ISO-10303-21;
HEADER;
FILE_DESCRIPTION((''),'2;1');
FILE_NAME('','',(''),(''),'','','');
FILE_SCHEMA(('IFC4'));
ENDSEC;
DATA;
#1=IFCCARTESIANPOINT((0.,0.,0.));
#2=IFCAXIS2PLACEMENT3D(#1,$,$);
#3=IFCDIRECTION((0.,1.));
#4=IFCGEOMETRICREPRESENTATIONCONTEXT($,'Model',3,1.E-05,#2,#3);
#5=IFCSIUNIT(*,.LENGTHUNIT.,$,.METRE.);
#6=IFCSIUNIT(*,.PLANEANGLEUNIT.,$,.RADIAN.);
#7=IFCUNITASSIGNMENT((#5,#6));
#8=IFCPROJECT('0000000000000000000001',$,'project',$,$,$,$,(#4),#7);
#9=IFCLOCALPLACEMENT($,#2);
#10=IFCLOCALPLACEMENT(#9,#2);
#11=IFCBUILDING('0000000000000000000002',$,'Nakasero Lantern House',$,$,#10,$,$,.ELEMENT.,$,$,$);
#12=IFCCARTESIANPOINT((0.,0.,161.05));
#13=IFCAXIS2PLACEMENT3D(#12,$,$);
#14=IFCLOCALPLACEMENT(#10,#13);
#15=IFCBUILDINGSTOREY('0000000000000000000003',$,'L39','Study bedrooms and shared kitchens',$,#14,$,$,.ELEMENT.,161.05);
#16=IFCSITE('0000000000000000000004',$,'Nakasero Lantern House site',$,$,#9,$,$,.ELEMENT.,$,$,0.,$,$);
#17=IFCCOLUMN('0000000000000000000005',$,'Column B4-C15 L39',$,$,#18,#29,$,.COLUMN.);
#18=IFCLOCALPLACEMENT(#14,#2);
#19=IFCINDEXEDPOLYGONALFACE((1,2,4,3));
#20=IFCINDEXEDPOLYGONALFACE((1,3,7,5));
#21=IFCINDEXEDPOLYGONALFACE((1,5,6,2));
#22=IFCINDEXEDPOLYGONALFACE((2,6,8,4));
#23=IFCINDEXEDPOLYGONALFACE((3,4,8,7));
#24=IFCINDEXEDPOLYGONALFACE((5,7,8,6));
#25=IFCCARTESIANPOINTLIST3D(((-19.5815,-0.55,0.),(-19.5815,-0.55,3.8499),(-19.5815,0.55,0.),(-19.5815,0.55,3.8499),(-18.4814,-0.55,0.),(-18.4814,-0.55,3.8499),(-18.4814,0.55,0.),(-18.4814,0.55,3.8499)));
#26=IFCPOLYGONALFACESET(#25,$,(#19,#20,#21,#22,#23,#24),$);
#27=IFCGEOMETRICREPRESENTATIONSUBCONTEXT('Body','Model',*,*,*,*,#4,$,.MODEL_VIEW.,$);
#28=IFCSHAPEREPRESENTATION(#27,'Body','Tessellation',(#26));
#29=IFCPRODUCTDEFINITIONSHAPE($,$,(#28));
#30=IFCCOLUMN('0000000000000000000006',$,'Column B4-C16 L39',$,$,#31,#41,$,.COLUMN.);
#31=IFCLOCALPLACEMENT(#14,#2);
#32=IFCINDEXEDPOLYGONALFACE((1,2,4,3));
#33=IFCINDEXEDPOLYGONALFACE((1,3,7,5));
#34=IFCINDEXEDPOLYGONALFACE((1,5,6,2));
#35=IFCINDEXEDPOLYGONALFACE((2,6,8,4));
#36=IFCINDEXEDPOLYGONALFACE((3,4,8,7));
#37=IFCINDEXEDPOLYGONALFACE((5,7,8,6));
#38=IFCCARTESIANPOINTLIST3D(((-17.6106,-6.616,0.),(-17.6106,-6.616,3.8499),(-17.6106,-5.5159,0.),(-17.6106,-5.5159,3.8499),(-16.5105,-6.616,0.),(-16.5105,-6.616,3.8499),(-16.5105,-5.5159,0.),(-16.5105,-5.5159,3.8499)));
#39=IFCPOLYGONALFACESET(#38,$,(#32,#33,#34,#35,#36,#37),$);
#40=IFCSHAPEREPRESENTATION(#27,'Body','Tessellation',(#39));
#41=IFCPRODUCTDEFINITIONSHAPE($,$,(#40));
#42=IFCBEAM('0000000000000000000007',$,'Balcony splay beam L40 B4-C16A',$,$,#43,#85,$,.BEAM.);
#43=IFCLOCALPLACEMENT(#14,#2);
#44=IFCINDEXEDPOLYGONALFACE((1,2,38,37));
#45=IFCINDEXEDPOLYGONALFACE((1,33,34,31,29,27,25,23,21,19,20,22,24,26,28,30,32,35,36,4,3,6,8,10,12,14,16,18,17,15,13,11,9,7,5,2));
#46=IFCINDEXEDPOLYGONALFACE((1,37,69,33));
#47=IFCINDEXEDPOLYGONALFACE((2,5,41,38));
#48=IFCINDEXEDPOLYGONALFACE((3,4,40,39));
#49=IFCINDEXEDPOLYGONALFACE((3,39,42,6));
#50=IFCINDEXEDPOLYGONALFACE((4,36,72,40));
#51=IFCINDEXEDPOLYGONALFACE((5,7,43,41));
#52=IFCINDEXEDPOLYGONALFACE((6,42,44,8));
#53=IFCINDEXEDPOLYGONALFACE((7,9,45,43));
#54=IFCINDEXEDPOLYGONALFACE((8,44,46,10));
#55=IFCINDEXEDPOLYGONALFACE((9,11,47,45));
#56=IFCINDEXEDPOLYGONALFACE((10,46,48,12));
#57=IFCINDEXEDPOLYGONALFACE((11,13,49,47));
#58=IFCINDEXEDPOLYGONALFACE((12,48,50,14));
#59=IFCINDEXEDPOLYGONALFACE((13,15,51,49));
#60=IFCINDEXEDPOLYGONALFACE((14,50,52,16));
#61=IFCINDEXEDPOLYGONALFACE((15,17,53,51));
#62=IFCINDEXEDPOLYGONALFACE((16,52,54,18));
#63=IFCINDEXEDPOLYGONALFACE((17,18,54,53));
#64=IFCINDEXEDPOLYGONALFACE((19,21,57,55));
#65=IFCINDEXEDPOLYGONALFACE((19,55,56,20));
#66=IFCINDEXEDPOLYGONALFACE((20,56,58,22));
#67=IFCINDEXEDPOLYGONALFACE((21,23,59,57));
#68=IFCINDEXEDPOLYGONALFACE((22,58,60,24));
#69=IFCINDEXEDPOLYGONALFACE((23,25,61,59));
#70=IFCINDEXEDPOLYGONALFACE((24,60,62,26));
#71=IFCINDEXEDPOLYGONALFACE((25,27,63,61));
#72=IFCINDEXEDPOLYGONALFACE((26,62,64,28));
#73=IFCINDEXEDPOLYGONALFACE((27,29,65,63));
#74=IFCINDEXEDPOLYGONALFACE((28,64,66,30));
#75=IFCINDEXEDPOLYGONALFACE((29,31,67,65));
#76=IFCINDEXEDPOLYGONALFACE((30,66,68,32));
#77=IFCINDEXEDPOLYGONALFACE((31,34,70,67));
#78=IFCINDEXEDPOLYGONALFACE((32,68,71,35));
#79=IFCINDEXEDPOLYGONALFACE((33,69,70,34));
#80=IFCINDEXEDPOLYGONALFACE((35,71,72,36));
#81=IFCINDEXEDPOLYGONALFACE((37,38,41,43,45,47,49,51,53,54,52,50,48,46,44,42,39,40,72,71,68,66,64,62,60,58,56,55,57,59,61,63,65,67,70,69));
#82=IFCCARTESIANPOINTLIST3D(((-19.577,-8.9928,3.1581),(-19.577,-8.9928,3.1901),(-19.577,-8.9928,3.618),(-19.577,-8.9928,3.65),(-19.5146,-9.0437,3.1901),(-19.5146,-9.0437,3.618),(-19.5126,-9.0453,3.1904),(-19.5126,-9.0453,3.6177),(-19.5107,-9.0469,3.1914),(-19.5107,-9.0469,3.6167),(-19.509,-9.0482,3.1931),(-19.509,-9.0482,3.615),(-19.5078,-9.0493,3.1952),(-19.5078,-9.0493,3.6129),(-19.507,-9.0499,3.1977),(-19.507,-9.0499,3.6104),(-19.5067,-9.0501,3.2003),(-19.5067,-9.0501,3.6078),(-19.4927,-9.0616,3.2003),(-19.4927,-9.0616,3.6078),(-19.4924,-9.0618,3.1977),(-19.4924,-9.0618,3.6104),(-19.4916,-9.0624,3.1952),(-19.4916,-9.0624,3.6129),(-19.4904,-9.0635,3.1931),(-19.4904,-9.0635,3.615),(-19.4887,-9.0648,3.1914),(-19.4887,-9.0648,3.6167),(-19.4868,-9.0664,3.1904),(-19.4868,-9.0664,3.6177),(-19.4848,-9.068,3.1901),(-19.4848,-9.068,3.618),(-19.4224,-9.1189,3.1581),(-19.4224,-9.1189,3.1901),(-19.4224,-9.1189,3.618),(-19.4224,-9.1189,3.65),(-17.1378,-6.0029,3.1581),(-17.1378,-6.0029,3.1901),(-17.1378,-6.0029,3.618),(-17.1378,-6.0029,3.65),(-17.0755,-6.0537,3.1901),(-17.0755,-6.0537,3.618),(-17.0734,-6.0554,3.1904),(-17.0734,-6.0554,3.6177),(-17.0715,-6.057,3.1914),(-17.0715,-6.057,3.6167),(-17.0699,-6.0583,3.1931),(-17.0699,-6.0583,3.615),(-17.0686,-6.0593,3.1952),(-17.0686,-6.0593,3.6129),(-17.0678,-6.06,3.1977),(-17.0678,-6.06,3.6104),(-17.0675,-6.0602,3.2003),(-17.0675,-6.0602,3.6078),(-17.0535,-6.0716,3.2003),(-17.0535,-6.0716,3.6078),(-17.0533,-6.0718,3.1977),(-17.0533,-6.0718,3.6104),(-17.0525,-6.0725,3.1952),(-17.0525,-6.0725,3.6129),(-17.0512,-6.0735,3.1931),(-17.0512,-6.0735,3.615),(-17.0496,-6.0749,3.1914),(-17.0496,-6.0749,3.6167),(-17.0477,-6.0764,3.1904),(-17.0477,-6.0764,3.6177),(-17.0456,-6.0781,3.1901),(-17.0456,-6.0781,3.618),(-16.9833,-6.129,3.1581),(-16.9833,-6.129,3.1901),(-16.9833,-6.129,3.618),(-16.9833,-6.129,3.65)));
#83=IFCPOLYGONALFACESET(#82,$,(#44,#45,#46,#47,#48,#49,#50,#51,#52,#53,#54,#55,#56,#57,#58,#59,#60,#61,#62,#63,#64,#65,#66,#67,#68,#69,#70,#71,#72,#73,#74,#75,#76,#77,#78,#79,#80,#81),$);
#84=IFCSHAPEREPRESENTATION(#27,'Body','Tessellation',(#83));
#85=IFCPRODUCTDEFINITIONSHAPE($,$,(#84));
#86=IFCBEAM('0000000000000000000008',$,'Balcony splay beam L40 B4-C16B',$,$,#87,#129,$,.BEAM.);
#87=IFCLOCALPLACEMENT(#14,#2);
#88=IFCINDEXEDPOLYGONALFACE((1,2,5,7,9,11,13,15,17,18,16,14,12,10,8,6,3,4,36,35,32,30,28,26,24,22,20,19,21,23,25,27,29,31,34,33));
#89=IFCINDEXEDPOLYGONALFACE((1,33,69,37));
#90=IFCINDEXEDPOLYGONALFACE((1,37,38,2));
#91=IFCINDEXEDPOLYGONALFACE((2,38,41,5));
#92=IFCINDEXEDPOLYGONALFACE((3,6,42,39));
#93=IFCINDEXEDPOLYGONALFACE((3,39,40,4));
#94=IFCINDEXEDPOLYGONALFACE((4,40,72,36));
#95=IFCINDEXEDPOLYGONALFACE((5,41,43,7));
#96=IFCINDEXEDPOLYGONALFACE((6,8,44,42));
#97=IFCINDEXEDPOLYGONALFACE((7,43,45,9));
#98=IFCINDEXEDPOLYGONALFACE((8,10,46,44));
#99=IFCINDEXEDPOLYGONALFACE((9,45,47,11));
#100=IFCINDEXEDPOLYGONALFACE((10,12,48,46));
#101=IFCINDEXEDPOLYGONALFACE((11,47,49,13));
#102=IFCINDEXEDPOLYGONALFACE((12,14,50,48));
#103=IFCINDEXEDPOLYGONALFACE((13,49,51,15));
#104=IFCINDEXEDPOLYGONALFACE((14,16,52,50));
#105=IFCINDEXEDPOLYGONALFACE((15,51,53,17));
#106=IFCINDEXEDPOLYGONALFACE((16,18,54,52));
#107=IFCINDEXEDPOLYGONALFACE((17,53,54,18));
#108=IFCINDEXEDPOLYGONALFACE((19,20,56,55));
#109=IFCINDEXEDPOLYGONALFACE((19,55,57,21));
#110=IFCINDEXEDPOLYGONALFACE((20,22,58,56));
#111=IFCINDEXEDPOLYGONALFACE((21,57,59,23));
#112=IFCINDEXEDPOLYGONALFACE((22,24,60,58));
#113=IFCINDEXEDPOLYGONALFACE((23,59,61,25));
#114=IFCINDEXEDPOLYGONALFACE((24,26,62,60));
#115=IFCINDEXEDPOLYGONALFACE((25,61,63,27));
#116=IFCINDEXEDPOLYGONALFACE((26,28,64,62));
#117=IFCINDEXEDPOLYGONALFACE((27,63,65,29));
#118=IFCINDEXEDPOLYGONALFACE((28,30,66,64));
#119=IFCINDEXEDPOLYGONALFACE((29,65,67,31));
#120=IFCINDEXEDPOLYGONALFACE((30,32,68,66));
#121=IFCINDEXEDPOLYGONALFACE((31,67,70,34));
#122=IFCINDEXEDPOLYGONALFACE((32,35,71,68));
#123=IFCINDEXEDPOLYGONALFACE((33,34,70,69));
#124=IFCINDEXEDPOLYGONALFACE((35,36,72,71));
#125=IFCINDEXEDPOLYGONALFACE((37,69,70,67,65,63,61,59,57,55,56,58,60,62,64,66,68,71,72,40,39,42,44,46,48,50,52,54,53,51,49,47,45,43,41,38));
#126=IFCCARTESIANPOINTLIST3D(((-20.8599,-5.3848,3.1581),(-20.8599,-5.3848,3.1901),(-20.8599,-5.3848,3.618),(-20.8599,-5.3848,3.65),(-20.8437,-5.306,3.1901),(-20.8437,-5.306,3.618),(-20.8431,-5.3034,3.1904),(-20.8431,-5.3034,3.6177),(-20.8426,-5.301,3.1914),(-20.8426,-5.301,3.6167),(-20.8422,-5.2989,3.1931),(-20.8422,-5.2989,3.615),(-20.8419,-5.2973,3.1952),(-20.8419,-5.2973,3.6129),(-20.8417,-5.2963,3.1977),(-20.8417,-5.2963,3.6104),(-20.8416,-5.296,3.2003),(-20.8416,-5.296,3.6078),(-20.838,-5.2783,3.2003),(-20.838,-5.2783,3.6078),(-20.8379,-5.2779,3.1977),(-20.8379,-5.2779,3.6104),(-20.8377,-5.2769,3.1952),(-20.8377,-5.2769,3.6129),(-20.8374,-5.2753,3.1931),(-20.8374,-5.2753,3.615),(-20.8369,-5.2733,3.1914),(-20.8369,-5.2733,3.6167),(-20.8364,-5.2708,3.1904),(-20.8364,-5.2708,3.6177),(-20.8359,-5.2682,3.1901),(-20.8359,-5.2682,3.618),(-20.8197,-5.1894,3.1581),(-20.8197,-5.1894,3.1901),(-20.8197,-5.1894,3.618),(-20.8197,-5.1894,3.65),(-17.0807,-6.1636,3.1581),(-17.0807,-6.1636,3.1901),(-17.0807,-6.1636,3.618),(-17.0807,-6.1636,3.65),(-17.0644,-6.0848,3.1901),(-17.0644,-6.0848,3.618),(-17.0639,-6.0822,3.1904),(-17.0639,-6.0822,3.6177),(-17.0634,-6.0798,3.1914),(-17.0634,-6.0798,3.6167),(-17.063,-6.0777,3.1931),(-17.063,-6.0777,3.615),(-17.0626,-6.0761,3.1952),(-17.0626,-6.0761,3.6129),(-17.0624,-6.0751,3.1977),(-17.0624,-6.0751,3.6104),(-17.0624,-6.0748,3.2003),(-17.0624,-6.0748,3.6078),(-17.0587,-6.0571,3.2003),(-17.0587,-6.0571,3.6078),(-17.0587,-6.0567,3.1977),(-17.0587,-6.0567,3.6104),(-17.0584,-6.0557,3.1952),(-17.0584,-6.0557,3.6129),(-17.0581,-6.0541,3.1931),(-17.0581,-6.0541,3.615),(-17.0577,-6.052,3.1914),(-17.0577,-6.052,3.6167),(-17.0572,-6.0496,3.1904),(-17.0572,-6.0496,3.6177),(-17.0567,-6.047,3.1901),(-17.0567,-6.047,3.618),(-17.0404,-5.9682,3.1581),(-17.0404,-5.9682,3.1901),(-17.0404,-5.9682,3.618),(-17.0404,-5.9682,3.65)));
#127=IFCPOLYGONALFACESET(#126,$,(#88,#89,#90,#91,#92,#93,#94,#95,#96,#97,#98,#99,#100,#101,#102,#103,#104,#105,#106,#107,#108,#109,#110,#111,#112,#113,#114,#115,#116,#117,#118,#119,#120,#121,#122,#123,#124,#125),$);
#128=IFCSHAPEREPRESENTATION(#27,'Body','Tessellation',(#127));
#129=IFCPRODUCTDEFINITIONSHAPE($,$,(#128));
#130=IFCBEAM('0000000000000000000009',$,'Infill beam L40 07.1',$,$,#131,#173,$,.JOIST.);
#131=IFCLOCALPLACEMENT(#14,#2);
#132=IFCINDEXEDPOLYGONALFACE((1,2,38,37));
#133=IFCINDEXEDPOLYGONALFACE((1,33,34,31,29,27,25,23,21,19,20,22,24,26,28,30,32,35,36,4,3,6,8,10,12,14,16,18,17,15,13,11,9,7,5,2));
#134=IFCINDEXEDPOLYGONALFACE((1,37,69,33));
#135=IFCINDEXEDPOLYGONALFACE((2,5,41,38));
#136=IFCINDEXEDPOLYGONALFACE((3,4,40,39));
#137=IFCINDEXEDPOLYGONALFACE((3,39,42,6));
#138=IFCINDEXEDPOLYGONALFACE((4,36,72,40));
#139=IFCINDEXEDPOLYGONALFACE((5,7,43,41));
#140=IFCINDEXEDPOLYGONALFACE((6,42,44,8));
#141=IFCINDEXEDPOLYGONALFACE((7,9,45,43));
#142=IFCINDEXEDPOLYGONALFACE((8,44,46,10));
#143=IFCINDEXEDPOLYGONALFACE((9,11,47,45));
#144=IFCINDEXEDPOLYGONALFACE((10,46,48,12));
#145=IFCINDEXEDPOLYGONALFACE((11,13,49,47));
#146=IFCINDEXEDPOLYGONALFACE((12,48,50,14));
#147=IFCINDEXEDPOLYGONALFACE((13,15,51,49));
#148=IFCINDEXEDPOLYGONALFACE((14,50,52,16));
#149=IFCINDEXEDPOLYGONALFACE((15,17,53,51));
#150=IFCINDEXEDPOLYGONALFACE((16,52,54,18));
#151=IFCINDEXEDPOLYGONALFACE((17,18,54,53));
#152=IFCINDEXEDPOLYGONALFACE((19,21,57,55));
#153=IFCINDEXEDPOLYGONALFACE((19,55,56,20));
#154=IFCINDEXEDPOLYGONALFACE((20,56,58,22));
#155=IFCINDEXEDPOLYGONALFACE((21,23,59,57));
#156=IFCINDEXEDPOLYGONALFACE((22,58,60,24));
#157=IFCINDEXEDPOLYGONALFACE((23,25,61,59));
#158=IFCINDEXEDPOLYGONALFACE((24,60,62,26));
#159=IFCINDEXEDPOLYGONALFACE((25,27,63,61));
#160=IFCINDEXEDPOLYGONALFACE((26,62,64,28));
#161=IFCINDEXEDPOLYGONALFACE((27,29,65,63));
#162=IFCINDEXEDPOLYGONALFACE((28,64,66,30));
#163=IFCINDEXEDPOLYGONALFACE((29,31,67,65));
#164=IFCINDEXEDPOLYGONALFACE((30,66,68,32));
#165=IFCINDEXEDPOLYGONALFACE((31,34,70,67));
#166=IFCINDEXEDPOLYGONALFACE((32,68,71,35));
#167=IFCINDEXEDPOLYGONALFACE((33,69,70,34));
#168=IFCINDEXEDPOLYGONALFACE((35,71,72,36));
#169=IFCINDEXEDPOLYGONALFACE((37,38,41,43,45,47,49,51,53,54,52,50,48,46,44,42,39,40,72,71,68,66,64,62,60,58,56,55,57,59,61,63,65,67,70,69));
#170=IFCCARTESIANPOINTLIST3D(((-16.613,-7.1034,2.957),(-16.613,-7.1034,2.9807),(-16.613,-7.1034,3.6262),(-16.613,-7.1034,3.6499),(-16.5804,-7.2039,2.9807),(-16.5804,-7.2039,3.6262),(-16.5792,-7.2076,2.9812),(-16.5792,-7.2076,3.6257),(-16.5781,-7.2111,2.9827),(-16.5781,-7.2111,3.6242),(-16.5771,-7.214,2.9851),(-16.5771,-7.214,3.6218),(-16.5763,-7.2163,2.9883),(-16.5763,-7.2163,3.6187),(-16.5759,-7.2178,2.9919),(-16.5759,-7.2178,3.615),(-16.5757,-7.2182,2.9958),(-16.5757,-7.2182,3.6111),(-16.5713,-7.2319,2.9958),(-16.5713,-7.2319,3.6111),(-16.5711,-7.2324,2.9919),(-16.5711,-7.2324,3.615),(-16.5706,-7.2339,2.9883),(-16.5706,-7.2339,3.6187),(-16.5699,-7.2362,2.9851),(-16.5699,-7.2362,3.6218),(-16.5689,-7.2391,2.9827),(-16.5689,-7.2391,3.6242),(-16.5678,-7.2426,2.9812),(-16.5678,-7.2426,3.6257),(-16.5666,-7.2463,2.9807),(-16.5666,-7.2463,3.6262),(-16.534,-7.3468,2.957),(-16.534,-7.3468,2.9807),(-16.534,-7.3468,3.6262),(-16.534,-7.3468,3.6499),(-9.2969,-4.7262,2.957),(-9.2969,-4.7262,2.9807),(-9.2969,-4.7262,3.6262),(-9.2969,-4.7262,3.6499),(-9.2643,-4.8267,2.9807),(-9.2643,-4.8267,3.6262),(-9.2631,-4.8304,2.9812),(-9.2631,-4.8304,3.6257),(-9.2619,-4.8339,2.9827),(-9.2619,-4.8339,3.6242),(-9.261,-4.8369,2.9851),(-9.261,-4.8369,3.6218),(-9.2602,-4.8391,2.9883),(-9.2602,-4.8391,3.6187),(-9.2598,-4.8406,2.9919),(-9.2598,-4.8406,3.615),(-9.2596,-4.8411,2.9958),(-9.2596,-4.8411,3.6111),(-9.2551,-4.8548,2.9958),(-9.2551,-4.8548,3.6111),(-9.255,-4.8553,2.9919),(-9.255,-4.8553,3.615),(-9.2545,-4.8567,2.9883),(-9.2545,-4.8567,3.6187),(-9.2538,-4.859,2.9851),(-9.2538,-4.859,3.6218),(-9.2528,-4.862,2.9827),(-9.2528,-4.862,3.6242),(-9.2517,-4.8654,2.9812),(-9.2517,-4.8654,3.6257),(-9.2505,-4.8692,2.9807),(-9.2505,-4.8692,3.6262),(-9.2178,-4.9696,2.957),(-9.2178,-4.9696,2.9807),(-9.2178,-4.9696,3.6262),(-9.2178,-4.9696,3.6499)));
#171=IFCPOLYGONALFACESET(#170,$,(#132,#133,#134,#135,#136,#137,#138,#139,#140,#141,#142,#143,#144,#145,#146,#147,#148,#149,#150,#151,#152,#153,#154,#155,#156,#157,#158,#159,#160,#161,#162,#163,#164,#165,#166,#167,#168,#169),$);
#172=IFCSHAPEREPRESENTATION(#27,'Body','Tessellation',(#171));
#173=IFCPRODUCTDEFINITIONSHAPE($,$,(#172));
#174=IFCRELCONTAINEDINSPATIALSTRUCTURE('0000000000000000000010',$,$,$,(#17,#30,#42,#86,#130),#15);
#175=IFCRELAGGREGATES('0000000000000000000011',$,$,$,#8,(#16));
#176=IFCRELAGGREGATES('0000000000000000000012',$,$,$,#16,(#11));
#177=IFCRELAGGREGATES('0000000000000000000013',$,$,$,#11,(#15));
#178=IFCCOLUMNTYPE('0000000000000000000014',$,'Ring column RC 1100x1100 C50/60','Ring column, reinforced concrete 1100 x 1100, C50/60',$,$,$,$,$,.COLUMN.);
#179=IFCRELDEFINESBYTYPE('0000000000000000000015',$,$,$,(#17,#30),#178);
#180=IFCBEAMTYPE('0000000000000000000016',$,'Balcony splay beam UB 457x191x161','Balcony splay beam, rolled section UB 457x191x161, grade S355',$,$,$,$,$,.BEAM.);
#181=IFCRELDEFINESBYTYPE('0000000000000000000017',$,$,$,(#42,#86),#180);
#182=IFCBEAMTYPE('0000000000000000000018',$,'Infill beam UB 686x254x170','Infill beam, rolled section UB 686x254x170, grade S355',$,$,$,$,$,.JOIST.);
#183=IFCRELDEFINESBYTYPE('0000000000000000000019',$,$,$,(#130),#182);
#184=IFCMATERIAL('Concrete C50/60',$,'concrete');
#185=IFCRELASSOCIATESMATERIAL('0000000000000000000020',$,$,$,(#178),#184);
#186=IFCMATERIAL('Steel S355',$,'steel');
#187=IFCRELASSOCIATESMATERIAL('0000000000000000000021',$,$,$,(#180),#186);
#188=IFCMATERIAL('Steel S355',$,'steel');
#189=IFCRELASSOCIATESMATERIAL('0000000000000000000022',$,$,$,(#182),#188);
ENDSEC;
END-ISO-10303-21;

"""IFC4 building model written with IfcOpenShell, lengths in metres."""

from ifc_helpers import new_model, si_unit, direction, frame, origin, origin_2d, place, context, subcontext, project, spatial, rectangle, i_section, extrude, material, material_profile, profile_set, type_object, element, save


model = new_model("IFC4")

# Units and contexts
model_context = context("Model", 3, precision=1e-05, world=origin(), true_north=direction((0.0, 1.0)))
body_context = subcontext(model_context, "Body", "Model", "MODEL_VIEW")
ifc_project = project(units=[si_unit("LENGTHUNIT", "METRE"), si_unit("PLANEANGLEUNIT", "RADIAN")], contexts=[model_context])

# Site, building, storey
site_placement = place(None, origin())
site = spatial("IfcSite", under=ifc_project, at=site_placement, Name="Nakasero Lantern House site", CompositionType="ELEMENT", RefElevation=0.0)
building_placement = place(site_placement, origin())
building = spatial("IfcBuilding", under=site, at=building_placement, Name="Nakasero Lantern House", CompositionType="ELEMENT")
storey_placement = place(building_placement, frame((0.0, 0.0, 161.05)))
storey = spatial("IfcBuildingStorey", under=building, at=storey_placement, Name="L39", Description="Study bedrooms and shared kitchens", CompositionType="ELEMENT", Elevation=161.05)

# Columns
ifc_material_1 = material(Name="Concrete C50/60", Category="concrete")
ifc_material_profile_1 = material_profile(ifc_material_1, rectangle(XDim=1.1001, YDim=1.1001, at=origin_2d()), Name="RC 1100x1100")
ifc_profile_set_1 = profile_set([ifc_material_profile_1], Name="Concrete C50/60")
column_type = type_object("IfcColumnType", Name="Ring column RC 1100x1100 C50/60", Description="Ring column, reinforced concrete 1100 x 1100, C50/60", PredefinedType="COLUMN", material=ifc_profile_set_1)
for number, where, z_axis, x_axis, name in (
    (1, (-19.0315, 0.0, 0.0), (0.0, 0.0, 1.0), (1.0, 0.0, 0.0), "Column B4-C15 L39"),
    (2, (-17.0605, -6.0659, 0.0), (0.0, 0.0, 1.0), (1.0, 0.0, 0.0), "Column B4-C16 L39"),
):
    element("IfcColumn", number, at=place(storey_placement, frame(where, z_axis=z_axis, x_axis=x_axis)), inside=storey, type_object=column_type, Name=name, PredefinedType="COLUMN", context=body_context, shape_type="SweptSolid", body=[
        extrude(rectangle(XDim=1.1001, YDim=1.1001, at=origin_2d()), origin(), (0.0, 0.0, 1.0), 3.8499),
    ])

# Beams
ifc_material_2 = material(Name="Steel S355", Category="steel")
ifc_material_profile_2 = material_profile(ifc_material_2, i_section(OverallWidth=0.1995, OverallDepth=0.4919, WebThickness=0.0181, FlangeThickness=0.032, FilletRadius=0.0103, at=origin_2d()), Name="UB 457x191x161")
ifc_profile_set_2 = profile_set([ifc_material_profile_2], Name="Steel S355")
beam_type_1 = type_object("IfcBeamType", Name="Balcony splay beam UB 457x191x161", Description="Balcony splay beam, rolled section UB 457x191x161, grade S355", PredefinedType="BEAM", material=ifc_profile_set_2)
for number, where, z_axis, x_axis, name in (
    (3, (-17.0605, -6.0659, 3.4041), (-0.632128, -0.774864, 0.0), (0.774864, -0.632128, 0.0), "Balcony splay beam L40 B4-C16A"),
    (4, (-17.0605, -6.0659, 3.4041), (-0.97942, 0.201831, 0.0), (-0.201831, -0.97942, 0.0), "Balcony splay beam L40 B4-C16B"),
):
    element("IfcBeam", number, at=place(storey_placement, frame(where, z_axis=z_axis, x_axis=x_axis)), inside=storey, type_object=beam_type_1, Name=name, PredefinedType="BEAM", context=body_context, shape_type="SweptSolid", body=[
        extrude(i_section(OverallWidth=0.1995, OverallDepth=0.4919, WebThickness=0.0181, FlangeThickness=0.032, FilletRadius=0.0103, at=origin_2d()), origin(), (0.0, 0.0, 1.0), 3.8586),
    ])
ifc_material_3 = material(Name="Steel S355", Category="steel")
ifc_material_profile_3 = material_profile(ifc_material_3, i_section(OverallWidth=0.2559, OverallDepth=0.6929, WebThickness=0.0144, FlangeThickness=0.0237, FilletRadius=0.0151, at=origin_2d()), Name="UB 686x254x170")
ifc_profile_set_3 = profile_set([ifc_material_profile_3], Name="Steel S355")
beam_type_2 = type_object("IfcBeamType", Name="Infill beam UB 686x254x170", Description="Infill beam, rolled section UB 686x254x170, grade S355", PredefinedType="JOIST", material=ifc_profile_set_3)
beam_1_placement = place(storey_placement, frame((-16.5735, -7.2251, 3.3035), z_axis=(0.951055, 0.309021, 0.0), x_axis=(-0.309021, 0.951055, 0.0)))
element("IfcBeam", 5, at=beam_1_placement, inside=storey, type_object=beam_type_2, Name="Infill beam L40 07.1", PredefinedType="JOIST", context=body_context, shape_type="SweptSolid", body=[
    extrude(i_section(OverallWidth=0.2559, OverallDepth=0.6929, WebThickness=0.0144, FlangeThickness=0.0237, FilletRadius=0.0151, at=origin_2d()), origin(), (0.0, 0.0, 1.0), 7.6926),
])

save(model, "model.ifc")
